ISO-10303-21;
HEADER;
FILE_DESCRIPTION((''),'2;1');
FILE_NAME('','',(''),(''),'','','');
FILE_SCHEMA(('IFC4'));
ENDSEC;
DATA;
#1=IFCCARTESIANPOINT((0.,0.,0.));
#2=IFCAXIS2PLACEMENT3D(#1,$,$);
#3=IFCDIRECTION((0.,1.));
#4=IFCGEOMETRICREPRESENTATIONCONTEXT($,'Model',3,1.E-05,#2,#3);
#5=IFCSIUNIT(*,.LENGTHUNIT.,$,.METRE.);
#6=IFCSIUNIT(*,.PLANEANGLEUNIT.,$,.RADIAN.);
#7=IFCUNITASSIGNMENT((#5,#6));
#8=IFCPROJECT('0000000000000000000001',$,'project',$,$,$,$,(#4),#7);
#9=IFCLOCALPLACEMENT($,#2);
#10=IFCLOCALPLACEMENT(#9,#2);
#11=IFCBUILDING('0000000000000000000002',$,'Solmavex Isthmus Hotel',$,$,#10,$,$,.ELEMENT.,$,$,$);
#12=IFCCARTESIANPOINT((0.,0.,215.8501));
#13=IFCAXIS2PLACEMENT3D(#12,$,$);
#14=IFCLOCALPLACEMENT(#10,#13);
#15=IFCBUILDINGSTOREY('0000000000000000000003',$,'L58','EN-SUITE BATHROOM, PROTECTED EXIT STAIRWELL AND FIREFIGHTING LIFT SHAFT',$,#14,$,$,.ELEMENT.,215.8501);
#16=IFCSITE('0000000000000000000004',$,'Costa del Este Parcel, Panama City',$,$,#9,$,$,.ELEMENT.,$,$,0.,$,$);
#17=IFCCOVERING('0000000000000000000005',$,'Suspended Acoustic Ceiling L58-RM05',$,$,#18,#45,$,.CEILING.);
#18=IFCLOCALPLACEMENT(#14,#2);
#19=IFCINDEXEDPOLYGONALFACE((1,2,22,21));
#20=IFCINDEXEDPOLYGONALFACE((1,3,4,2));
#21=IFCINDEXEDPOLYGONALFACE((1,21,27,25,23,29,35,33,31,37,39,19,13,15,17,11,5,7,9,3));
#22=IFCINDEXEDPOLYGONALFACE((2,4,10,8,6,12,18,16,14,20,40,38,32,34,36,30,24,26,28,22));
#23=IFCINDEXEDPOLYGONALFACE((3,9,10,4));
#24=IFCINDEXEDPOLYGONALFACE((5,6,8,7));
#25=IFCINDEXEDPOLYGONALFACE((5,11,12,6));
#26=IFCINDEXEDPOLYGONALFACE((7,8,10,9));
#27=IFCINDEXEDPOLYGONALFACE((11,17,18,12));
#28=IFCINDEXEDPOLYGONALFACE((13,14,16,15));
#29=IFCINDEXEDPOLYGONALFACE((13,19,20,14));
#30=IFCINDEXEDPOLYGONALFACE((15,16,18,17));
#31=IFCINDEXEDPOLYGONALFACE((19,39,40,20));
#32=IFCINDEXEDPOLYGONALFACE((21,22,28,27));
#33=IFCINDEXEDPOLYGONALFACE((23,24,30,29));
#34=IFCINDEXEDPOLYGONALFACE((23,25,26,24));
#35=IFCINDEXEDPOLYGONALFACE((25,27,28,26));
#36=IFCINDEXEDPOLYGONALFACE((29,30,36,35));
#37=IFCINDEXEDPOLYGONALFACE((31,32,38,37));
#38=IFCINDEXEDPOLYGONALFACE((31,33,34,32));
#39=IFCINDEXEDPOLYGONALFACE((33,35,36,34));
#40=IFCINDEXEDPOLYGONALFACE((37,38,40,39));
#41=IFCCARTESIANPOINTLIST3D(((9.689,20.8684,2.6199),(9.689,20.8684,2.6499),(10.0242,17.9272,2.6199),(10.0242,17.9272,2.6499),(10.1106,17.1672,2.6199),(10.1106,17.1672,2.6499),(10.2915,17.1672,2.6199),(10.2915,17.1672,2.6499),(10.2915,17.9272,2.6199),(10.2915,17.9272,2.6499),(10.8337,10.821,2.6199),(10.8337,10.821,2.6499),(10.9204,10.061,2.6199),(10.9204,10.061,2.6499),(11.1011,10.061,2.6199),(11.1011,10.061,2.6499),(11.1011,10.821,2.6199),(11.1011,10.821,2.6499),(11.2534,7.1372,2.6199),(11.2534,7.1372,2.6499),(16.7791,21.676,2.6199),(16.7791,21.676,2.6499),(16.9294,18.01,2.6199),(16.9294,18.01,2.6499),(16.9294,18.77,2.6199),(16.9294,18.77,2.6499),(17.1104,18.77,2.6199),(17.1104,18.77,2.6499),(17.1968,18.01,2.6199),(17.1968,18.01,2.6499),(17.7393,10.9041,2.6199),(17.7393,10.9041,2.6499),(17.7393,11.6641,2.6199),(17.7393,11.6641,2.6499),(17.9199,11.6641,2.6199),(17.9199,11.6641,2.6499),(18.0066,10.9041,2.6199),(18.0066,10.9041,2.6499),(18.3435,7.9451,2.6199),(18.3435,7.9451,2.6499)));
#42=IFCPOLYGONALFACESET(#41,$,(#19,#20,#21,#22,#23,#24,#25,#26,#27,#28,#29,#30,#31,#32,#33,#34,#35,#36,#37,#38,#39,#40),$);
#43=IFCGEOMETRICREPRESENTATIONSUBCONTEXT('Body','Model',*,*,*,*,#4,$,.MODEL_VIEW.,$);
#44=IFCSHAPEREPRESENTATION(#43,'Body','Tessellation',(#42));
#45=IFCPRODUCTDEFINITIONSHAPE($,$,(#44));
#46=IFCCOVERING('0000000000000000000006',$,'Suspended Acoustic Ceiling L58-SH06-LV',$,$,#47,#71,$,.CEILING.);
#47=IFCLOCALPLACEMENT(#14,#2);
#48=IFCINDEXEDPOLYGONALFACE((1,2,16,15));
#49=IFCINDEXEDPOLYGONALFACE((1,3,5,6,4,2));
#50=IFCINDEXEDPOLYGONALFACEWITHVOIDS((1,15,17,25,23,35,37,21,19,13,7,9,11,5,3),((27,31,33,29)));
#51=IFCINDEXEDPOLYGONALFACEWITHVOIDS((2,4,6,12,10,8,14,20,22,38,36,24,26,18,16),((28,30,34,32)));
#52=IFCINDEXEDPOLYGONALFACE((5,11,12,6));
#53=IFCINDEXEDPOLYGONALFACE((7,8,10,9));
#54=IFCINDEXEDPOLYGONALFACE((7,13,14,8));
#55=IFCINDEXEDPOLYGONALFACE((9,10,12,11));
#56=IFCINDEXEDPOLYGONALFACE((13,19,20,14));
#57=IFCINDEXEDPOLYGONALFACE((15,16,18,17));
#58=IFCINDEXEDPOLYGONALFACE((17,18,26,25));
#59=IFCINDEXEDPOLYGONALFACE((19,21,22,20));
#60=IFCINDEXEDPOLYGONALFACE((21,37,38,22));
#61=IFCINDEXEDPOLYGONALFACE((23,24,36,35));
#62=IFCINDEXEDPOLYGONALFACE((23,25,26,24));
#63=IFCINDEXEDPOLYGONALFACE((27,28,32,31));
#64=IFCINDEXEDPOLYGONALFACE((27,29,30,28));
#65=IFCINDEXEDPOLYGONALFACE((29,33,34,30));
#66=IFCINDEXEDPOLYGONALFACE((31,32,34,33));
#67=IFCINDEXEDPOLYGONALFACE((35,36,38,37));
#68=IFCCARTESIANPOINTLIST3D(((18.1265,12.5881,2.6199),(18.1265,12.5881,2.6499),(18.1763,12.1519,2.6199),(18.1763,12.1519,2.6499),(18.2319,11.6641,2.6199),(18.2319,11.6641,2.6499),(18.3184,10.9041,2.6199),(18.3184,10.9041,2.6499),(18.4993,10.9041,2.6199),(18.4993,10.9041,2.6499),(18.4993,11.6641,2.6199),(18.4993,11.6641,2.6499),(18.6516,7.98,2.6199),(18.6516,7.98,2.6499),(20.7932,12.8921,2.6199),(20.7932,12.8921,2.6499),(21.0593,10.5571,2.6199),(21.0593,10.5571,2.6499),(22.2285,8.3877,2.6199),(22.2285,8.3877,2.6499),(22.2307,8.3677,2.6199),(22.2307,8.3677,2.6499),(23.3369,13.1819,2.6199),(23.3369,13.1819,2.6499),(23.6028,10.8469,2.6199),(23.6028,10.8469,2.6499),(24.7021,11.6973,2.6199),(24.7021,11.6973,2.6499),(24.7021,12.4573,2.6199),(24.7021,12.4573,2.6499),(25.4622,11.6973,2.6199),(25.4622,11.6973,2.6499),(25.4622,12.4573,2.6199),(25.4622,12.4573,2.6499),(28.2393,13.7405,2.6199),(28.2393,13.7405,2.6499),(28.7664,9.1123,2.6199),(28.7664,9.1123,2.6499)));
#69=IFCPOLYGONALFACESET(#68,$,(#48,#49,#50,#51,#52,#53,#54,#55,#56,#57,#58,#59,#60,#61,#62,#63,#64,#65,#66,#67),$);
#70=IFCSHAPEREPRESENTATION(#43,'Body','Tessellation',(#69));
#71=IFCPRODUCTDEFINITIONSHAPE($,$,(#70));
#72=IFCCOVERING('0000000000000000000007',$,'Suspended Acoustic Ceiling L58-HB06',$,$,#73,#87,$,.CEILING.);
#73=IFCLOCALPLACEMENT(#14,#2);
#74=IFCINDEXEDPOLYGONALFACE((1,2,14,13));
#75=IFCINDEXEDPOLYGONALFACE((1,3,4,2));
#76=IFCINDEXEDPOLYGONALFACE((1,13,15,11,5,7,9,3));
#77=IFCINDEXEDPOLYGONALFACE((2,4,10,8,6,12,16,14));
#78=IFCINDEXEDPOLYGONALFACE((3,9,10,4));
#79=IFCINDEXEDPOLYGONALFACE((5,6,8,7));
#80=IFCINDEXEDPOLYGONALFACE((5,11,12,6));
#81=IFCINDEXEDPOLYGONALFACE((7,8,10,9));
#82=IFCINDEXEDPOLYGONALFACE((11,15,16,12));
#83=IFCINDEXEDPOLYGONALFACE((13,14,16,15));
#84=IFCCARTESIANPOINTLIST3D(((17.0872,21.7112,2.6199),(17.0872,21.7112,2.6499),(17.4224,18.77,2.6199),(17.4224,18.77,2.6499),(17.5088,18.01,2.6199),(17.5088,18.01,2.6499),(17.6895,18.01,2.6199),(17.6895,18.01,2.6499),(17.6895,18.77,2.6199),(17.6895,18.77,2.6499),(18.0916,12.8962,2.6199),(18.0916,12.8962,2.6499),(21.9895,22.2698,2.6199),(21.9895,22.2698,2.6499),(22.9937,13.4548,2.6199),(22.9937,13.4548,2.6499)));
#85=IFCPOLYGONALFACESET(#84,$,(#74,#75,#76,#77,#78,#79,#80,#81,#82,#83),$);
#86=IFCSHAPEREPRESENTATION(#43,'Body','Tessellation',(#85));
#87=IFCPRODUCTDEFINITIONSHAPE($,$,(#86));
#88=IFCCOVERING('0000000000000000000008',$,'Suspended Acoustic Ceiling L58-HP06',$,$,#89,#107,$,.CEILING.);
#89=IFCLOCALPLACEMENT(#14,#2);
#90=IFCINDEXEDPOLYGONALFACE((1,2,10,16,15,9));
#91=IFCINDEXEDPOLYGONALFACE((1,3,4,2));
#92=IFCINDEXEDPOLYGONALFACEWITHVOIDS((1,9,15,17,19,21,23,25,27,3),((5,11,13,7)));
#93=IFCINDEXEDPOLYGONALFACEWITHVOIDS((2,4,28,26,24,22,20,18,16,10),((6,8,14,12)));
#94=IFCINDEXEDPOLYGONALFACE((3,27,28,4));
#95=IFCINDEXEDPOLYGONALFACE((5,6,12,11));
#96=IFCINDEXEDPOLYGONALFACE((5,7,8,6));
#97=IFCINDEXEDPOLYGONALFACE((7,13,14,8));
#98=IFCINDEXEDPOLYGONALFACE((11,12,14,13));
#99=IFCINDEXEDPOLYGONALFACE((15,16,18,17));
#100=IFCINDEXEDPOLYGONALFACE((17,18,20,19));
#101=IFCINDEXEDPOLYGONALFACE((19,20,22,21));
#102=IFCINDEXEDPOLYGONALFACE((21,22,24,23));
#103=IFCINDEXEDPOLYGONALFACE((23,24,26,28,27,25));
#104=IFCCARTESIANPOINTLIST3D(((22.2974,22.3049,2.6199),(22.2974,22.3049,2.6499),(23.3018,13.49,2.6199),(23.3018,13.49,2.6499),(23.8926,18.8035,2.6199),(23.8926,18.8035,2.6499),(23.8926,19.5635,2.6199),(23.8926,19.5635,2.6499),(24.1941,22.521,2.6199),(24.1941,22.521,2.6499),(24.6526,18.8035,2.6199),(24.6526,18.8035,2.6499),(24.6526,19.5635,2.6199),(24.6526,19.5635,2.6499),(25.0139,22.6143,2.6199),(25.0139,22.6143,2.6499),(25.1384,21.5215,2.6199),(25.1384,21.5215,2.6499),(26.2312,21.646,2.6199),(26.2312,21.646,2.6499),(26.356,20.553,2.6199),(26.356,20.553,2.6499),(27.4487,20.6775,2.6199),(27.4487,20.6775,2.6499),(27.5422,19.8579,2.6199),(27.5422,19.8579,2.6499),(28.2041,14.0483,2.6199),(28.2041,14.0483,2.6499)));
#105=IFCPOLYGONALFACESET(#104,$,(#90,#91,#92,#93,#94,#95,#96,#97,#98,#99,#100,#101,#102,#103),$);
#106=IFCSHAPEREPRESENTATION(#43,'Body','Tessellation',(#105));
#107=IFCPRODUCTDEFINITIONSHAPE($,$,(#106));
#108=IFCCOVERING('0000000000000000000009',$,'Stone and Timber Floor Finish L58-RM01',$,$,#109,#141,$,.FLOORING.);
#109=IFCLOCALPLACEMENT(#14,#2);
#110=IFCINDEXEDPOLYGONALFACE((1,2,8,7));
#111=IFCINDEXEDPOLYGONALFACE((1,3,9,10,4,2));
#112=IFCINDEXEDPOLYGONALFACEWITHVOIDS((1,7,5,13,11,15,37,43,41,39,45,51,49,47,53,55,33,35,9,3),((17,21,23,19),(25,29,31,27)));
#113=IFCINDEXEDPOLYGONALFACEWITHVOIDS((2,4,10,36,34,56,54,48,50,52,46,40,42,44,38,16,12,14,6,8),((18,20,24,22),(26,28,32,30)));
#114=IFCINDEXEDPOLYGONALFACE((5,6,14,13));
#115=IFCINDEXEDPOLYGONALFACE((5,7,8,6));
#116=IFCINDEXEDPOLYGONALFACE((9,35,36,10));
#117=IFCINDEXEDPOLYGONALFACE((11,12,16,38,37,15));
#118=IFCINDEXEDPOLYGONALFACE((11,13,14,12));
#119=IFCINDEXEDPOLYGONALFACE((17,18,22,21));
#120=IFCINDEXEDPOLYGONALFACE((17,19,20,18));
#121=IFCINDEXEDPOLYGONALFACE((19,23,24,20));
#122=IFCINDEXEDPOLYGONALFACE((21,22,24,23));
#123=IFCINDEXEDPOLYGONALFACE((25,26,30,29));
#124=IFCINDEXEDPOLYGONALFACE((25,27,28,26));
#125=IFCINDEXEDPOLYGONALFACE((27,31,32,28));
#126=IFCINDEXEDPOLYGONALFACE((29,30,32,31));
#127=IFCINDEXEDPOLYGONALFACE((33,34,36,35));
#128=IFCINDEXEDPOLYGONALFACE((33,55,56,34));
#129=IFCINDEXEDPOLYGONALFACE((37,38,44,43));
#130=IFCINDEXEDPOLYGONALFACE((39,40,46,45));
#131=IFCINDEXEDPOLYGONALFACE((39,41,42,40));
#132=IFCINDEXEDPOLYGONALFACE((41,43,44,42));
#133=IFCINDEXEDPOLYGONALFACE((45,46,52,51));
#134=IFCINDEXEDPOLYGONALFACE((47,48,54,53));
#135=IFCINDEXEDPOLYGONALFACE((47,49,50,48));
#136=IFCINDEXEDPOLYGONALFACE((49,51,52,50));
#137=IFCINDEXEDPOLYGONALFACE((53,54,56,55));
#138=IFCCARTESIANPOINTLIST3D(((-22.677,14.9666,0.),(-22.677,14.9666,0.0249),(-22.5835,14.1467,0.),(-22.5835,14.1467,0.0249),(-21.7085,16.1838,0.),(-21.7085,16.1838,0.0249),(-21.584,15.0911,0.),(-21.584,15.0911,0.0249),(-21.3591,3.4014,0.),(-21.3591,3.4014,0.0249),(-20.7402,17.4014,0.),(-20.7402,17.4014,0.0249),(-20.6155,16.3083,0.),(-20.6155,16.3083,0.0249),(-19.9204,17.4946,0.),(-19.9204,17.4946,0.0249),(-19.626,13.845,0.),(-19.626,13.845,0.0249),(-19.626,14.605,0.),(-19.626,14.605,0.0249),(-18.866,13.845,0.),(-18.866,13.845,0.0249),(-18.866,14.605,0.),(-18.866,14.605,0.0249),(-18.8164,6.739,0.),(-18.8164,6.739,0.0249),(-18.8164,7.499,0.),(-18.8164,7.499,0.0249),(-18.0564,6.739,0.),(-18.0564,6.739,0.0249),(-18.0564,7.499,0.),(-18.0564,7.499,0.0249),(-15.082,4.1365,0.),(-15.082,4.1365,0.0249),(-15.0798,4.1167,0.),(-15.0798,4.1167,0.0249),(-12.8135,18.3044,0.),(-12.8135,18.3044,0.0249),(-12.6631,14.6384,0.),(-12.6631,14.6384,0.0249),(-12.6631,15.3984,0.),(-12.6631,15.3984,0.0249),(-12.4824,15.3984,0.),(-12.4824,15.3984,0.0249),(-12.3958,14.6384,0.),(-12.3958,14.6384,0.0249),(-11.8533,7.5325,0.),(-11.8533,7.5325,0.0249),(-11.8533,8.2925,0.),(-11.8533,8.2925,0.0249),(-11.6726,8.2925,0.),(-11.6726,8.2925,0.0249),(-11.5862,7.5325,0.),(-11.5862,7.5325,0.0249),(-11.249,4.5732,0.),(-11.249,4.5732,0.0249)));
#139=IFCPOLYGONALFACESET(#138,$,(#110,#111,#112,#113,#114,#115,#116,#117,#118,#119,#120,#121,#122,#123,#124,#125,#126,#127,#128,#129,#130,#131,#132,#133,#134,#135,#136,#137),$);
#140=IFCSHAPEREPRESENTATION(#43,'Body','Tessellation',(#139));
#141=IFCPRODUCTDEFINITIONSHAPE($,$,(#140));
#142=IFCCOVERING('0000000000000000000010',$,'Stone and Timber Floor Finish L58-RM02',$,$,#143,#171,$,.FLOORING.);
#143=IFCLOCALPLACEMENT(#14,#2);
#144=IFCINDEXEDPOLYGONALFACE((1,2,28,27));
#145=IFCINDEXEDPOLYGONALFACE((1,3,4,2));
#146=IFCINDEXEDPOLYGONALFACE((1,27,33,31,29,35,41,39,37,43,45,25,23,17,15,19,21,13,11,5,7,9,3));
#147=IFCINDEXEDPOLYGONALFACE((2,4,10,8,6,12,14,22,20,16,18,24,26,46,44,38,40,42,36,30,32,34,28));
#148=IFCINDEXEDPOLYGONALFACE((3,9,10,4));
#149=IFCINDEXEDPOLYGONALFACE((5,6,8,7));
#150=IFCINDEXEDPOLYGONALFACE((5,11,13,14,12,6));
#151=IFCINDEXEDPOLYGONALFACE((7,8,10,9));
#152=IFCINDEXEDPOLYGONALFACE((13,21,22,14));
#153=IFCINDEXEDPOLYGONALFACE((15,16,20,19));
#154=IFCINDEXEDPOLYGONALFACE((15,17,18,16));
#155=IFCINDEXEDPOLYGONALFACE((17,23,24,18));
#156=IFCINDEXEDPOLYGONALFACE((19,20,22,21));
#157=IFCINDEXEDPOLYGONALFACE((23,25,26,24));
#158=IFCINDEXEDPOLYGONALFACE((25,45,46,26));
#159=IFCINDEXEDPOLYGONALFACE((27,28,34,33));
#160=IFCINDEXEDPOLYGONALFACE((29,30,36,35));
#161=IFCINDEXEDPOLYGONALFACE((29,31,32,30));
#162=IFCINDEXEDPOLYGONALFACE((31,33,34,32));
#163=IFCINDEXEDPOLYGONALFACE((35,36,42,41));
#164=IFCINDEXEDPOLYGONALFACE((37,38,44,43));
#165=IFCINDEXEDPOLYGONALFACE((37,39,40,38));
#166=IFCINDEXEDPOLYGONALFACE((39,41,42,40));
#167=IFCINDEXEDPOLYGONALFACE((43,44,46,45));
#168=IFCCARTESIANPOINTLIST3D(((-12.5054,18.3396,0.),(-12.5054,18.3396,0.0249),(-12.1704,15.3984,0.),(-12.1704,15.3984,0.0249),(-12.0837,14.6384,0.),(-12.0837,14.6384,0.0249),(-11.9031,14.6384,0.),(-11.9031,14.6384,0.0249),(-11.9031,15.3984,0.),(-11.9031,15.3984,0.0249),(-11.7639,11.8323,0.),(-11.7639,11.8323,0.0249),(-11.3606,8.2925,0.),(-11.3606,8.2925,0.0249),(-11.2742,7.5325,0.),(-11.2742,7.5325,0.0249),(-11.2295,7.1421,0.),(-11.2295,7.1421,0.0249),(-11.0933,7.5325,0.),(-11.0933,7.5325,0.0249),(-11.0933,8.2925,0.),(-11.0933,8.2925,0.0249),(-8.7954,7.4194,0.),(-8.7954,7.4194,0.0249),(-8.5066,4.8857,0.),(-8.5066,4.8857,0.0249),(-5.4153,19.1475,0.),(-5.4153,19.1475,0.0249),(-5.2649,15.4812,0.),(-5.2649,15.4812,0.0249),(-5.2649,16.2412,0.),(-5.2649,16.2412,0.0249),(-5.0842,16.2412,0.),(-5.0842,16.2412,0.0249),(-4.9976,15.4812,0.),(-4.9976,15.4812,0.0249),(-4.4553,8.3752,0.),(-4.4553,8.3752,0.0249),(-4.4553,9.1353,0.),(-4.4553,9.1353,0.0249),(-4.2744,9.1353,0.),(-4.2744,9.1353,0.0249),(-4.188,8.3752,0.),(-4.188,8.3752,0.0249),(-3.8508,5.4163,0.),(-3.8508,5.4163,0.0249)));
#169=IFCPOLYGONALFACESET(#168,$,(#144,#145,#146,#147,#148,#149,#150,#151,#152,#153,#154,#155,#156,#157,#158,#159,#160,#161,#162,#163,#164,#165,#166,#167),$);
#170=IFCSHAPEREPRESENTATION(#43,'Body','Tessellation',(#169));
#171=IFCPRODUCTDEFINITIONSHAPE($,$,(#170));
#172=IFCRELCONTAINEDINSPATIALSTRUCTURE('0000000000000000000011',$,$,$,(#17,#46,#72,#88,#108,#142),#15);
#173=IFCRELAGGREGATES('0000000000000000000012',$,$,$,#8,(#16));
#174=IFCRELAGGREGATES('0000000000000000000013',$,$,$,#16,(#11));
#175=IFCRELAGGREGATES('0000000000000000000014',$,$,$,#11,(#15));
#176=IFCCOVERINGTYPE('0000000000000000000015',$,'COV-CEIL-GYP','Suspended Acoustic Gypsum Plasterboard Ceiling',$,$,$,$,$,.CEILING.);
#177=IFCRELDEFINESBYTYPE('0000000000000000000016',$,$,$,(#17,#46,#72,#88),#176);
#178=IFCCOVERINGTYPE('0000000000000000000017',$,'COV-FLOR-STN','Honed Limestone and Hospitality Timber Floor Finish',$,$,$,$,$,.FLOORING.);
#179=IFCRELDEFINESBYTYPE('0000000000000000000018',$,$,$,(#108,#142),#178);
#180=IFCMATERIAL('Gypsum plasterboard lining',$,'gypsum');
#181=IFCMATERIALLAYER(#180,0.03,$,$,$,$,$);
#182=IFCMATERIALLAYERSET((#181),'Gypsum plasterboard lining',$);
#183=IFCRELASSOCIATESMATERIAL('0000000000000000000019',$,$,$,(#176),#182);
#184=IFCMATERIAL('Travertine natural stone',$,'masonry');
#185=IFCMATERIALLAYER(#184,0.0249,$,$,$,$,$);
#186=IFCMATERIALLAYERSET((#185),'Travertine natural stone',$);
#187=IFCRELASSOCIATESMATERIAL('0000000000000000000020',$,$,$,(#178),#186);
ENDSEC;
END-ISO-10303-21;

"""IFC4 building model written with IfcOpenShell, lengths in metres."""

from ifc_helpers import new_model, si_unit, direction, frame, origin, place, context, subcontext, project, spatial, polyline, outline, extrude, material, layer, layer_set, type_object, element, save


model = new_model("IFC4")

# Units and contexts
model_context = context("Model", 3, precision=1e-05, world=origin(), true_north=direction((0.0, 1.0)))
body_context = subcontext(model_context, "Body", "Model", "MODEL_VIEW")
ifc_project = project(units=[si_unit("LENGTHUNIT", "METRE"), si_unit("PLANEANGLEUNIT", "RADIAN")], contexts=[model_context])

# Site, building, storey
site_placement = place(None, origin())
site = spatial("IfcSite", under=ifc_project, at=site_placement, Name="Costa del Este Parcel, Panama City", CompositionType="ELEMENT", RefElevation=0.0)
building_placement = place(site_placement, origin())
building = spatial("IfcBuilding", under=site, at=building_placement, Name="Solmavex Isthmus Hotel", CompositionType="ELEMENT")
storey_placement = place(building_placement, frame((0.0, 0.0, 215.8501)))
storey = spatial("IfcBuildingStorey", under=building, at=storey_placement, Name="L58", Description="EN-SUITE BATHROOM, PROTECTED EXIT STAIRWELL AND FIREFIGHTING LIFT SHAFT", CompositionType="ELEMENT", Elevation=215.8501)

# Shared definitions
ifc_material_1 = material(Name="Gypsum plasterboard lining", Category="gypsum")

# Coverings
ifc_layer_1 = layer(ifc_material_1, 0.03)
ifc_layer_set_1 = layer_set([ifc_layer_1], Name="Gypsum plasterboard lining")
covering_type_1 = type_object("IfcCoveringType", Name="COV-CEIL-GYP", Description="Suspended Acoustic Gypsum Plasterboard Ceiling", PredefinedType="CEILING", material=ifc_layer_set_1)
covering_1_placement = place(storey_placement, frame((0.0, 0.0, 2.6199)))
element("IfcCovering", 1, at=covering_1_placement, inside=storey, type_object=covering_type_1, Name="Suspended Acoustic Ceiling L58-RM05", PredefinedType="CEILING", context=body_context, shape_type="SweptSolid", body=[
    extrude(outline(polyline([(10.8337, 10.821), (11.1011, 10.821), (11.1011, 10.061), (10.9204, 10.061), (11.2534, 7.1372), (18.3435, 7.9451), (18.0066, 10.9041), (17.7393, 10.9041), (17.7393, 11.6641), (17.9199, 11.6641), (17.1968, 18.01), (16.9294, 18.01), (16.9294, 18.77), (17.1104, 18.77), (16.7791, 21.676), (9.689, 20.8684), (10.0242, 17.9272), (10.2915, 17.9272), (10.2915, 17.1672), (10.1106, 17.1672), (10.8337, 10.821)])), origin(), (0.0, 0.0, 1.0), 0.03),
])
covering_2_placement = place(storey_placement, frame((0.0, 0.0, 2.6199)))
element("IfcCovering", 2, at=covering_2_placement, inside=storey, type_object=covering_type_1, Name="Suspended Acoustic Ceiling L58-SH06-LV", PredefinedType="CEILING", context=body_context, shape_type="SweptSolid", body=[
    extrude(outline(polyline([(18.2319, 11.6641), (18.4993, 11.6641), (18.4993, 10.9041), (18.3184, 10.9041), (18.6516, 7.98), (22.2285, 8.3877), (22.2307, 8.3677), (28.7664, 9.1123), (28.2393, 13.7405), (23.3369, 13.1819), (23.6028, 10.8469), (21.0593, 10.5571), (20.7932, 12.8921), (18.1265, 12.5881), (18.1763, 12.1519), (18.2319, 11.6641)]), holes=[polyline([(24.7021, 11.6973), (24.7021, 12.4573), (25.4622, 12.4573), (25.4622, 11.6973), (24.7021, 11.6973)])]), origin(), (0.0, 0.0, 1.0), 0.03),
])
covering_3_placement = place(storey_placement, frame((0.0, 0.0, 2.6199)))
element("IfcCovering", 3, at=covering_3_placement, inside=storey, type_object=covering_type_1, Name="Suspended Acoustic Ceiling L58-HB06", PredefinedType="CEILING", context=body_context, shape_type="SweptSolid", body=[
    extrude(outline(polyline([(17.4224, 18.77), (17.6895, 18.77), (17.6895, 18.01), (17.5088, 18.01), (18.0916, 12.8962), (22.9937, 13.4548), (21.9895, 22.2698), (17.0872, 21.7112), (17.4224, 18.77)])), origin(), (0.0, 0.0, 1.0), 0.03),
])
covering_4_placement = place(storey_placement, frame((0.0, 0.0, 2.6199)))
element("IfcCovering", 4, at=covering_4_placement, inside=storey, type_object=covering_type_1, Name="Suspended Acoustic Ceiling L58-HP06", PredefinedType="CEILING", context=body_context, shape_type="SweptSolid", body=[
    extrude(outline(polyline([(25.0139, 22.6143), (24.1941, 22.521), (22.2974, 22.3049), (23.3018, 13.49), (28.2041, 14.0483), (27.5422, 19.8579), (27.4487, 20.6775), (26.356, 20.553), (26.2312, 21.646), (25.1384, 21.5215), (25.0139, 22.6143)]), holes=[polyline([(23.8926, 19.5635), (24.6526, 19.5635), (24.6526, 18.8035), (23.8926, 18.8035), (23.8926, 19.5635)])]), origin(), (0.0, 0.0, 1.0), 0.03),
])
ifc_material_2 = material(Name="Travertine natural stone", Category="masonry")
ifc_layer_2 = layer(ifc_material_2, 0.0249)
ifc_layer_set_2 = layer_set([ifc_layer_2], Name="Travertine natural stone")
covering_type_2 = type_object("IfcCoveringType", Name="COV-FLOR-STN", Description="Honed Limestone and Hospitality Timber Floor Finish", PredefinedType="FLOORING", material=ifc_layer_set_2)
covering_5_placement = place(storey_placement, origin())
element("IfcCovering", 5, at=covering_5_placement, inside=storey, type_object=covering_type_2, Name="Stone and Timber Floor Finish L58-RM01", PredefinedType="FLOORING", context=body_context, shape_type="SweptSolid", body=[
    extrude(outline(polyline([(-15.0798, 4.1167), (-15.082, 4.1365), (-11.249, 4.5732), (-11.5862, 7.5325), (-11.8533, 7.5325), (-11.8533, 8.2925), (-11.6726, 8.2925), (-12.3958, 14.6384), (-12.6631, 14.6384), (-12.6631, 15.3984), (-12.4824, 15.3984), (-12.8135, 18.3044), (-19.9204, 17.4946), (-20.7402, 17.4014), (-20.6155, 16.3083), (-21.7085, 16.1838), (-21.584, 15.0911), (-22.677, 14.9666), (-22.5835, 14.1467), (-21.3591, 3.4014), (-15.0798, 4.1167)]), holes=[polyline([(-18.8164, 6.739), (-18.8164, 7.499), (-18.0564, 7.499), (-18.0564, 6.739), (-18.8164, 6.739)]), polyline([(-19.626, 13.845), (-19.626, 14.605), (-18.866, 14.605), (-18.866, 13.845), (-19.626, 13.845)])]), origin(), (0.0, 0.0, 1.0), 0.0249),
])
covering_6_placement = place(storey_placement, origin())
element("IfcCovering", 6, at=covering_6_placement, inside=storey, type_object=covering_type_2, Name="Stone and Timber Floor Finish L58-RM02", PredefinedType="FLOORING", context=body_context, shape_type="SweptSolid", body=[
    extrude(outline(polyline([(-11.3606, 8.2925), (-11.0933, 8.2925), (-11.0933, 7.5325), (-11.2742, 7.5325), (-11.2295, 7.1421), (-8.7954, 7.4194), (-8.5066, 4.8857), (-3.8508, 5.4163), (-4.188, 8.3752), (-4.4553, 8.3752), (-4.4553, 9.1353), (-4.2744, 9.1353), (-4.9976, 15.4812), (-5.2649, 15.4812), (-5.2649, 16.2412), (-5.0842, 16.2412), (-5.4153, 19.1475), (-12.5054, 18.3396), (-12.1704, 15.3984), (-11.9031, 15.3984), (-11.9031, 14.6384), (-12.0837, 14.6384), (-11.7639, 11.8323), (-11.3606, 8.2925)])), origin(), (0.0, 0.0, 1.0), 0.0249),
])

save(model, "model.ifc")
